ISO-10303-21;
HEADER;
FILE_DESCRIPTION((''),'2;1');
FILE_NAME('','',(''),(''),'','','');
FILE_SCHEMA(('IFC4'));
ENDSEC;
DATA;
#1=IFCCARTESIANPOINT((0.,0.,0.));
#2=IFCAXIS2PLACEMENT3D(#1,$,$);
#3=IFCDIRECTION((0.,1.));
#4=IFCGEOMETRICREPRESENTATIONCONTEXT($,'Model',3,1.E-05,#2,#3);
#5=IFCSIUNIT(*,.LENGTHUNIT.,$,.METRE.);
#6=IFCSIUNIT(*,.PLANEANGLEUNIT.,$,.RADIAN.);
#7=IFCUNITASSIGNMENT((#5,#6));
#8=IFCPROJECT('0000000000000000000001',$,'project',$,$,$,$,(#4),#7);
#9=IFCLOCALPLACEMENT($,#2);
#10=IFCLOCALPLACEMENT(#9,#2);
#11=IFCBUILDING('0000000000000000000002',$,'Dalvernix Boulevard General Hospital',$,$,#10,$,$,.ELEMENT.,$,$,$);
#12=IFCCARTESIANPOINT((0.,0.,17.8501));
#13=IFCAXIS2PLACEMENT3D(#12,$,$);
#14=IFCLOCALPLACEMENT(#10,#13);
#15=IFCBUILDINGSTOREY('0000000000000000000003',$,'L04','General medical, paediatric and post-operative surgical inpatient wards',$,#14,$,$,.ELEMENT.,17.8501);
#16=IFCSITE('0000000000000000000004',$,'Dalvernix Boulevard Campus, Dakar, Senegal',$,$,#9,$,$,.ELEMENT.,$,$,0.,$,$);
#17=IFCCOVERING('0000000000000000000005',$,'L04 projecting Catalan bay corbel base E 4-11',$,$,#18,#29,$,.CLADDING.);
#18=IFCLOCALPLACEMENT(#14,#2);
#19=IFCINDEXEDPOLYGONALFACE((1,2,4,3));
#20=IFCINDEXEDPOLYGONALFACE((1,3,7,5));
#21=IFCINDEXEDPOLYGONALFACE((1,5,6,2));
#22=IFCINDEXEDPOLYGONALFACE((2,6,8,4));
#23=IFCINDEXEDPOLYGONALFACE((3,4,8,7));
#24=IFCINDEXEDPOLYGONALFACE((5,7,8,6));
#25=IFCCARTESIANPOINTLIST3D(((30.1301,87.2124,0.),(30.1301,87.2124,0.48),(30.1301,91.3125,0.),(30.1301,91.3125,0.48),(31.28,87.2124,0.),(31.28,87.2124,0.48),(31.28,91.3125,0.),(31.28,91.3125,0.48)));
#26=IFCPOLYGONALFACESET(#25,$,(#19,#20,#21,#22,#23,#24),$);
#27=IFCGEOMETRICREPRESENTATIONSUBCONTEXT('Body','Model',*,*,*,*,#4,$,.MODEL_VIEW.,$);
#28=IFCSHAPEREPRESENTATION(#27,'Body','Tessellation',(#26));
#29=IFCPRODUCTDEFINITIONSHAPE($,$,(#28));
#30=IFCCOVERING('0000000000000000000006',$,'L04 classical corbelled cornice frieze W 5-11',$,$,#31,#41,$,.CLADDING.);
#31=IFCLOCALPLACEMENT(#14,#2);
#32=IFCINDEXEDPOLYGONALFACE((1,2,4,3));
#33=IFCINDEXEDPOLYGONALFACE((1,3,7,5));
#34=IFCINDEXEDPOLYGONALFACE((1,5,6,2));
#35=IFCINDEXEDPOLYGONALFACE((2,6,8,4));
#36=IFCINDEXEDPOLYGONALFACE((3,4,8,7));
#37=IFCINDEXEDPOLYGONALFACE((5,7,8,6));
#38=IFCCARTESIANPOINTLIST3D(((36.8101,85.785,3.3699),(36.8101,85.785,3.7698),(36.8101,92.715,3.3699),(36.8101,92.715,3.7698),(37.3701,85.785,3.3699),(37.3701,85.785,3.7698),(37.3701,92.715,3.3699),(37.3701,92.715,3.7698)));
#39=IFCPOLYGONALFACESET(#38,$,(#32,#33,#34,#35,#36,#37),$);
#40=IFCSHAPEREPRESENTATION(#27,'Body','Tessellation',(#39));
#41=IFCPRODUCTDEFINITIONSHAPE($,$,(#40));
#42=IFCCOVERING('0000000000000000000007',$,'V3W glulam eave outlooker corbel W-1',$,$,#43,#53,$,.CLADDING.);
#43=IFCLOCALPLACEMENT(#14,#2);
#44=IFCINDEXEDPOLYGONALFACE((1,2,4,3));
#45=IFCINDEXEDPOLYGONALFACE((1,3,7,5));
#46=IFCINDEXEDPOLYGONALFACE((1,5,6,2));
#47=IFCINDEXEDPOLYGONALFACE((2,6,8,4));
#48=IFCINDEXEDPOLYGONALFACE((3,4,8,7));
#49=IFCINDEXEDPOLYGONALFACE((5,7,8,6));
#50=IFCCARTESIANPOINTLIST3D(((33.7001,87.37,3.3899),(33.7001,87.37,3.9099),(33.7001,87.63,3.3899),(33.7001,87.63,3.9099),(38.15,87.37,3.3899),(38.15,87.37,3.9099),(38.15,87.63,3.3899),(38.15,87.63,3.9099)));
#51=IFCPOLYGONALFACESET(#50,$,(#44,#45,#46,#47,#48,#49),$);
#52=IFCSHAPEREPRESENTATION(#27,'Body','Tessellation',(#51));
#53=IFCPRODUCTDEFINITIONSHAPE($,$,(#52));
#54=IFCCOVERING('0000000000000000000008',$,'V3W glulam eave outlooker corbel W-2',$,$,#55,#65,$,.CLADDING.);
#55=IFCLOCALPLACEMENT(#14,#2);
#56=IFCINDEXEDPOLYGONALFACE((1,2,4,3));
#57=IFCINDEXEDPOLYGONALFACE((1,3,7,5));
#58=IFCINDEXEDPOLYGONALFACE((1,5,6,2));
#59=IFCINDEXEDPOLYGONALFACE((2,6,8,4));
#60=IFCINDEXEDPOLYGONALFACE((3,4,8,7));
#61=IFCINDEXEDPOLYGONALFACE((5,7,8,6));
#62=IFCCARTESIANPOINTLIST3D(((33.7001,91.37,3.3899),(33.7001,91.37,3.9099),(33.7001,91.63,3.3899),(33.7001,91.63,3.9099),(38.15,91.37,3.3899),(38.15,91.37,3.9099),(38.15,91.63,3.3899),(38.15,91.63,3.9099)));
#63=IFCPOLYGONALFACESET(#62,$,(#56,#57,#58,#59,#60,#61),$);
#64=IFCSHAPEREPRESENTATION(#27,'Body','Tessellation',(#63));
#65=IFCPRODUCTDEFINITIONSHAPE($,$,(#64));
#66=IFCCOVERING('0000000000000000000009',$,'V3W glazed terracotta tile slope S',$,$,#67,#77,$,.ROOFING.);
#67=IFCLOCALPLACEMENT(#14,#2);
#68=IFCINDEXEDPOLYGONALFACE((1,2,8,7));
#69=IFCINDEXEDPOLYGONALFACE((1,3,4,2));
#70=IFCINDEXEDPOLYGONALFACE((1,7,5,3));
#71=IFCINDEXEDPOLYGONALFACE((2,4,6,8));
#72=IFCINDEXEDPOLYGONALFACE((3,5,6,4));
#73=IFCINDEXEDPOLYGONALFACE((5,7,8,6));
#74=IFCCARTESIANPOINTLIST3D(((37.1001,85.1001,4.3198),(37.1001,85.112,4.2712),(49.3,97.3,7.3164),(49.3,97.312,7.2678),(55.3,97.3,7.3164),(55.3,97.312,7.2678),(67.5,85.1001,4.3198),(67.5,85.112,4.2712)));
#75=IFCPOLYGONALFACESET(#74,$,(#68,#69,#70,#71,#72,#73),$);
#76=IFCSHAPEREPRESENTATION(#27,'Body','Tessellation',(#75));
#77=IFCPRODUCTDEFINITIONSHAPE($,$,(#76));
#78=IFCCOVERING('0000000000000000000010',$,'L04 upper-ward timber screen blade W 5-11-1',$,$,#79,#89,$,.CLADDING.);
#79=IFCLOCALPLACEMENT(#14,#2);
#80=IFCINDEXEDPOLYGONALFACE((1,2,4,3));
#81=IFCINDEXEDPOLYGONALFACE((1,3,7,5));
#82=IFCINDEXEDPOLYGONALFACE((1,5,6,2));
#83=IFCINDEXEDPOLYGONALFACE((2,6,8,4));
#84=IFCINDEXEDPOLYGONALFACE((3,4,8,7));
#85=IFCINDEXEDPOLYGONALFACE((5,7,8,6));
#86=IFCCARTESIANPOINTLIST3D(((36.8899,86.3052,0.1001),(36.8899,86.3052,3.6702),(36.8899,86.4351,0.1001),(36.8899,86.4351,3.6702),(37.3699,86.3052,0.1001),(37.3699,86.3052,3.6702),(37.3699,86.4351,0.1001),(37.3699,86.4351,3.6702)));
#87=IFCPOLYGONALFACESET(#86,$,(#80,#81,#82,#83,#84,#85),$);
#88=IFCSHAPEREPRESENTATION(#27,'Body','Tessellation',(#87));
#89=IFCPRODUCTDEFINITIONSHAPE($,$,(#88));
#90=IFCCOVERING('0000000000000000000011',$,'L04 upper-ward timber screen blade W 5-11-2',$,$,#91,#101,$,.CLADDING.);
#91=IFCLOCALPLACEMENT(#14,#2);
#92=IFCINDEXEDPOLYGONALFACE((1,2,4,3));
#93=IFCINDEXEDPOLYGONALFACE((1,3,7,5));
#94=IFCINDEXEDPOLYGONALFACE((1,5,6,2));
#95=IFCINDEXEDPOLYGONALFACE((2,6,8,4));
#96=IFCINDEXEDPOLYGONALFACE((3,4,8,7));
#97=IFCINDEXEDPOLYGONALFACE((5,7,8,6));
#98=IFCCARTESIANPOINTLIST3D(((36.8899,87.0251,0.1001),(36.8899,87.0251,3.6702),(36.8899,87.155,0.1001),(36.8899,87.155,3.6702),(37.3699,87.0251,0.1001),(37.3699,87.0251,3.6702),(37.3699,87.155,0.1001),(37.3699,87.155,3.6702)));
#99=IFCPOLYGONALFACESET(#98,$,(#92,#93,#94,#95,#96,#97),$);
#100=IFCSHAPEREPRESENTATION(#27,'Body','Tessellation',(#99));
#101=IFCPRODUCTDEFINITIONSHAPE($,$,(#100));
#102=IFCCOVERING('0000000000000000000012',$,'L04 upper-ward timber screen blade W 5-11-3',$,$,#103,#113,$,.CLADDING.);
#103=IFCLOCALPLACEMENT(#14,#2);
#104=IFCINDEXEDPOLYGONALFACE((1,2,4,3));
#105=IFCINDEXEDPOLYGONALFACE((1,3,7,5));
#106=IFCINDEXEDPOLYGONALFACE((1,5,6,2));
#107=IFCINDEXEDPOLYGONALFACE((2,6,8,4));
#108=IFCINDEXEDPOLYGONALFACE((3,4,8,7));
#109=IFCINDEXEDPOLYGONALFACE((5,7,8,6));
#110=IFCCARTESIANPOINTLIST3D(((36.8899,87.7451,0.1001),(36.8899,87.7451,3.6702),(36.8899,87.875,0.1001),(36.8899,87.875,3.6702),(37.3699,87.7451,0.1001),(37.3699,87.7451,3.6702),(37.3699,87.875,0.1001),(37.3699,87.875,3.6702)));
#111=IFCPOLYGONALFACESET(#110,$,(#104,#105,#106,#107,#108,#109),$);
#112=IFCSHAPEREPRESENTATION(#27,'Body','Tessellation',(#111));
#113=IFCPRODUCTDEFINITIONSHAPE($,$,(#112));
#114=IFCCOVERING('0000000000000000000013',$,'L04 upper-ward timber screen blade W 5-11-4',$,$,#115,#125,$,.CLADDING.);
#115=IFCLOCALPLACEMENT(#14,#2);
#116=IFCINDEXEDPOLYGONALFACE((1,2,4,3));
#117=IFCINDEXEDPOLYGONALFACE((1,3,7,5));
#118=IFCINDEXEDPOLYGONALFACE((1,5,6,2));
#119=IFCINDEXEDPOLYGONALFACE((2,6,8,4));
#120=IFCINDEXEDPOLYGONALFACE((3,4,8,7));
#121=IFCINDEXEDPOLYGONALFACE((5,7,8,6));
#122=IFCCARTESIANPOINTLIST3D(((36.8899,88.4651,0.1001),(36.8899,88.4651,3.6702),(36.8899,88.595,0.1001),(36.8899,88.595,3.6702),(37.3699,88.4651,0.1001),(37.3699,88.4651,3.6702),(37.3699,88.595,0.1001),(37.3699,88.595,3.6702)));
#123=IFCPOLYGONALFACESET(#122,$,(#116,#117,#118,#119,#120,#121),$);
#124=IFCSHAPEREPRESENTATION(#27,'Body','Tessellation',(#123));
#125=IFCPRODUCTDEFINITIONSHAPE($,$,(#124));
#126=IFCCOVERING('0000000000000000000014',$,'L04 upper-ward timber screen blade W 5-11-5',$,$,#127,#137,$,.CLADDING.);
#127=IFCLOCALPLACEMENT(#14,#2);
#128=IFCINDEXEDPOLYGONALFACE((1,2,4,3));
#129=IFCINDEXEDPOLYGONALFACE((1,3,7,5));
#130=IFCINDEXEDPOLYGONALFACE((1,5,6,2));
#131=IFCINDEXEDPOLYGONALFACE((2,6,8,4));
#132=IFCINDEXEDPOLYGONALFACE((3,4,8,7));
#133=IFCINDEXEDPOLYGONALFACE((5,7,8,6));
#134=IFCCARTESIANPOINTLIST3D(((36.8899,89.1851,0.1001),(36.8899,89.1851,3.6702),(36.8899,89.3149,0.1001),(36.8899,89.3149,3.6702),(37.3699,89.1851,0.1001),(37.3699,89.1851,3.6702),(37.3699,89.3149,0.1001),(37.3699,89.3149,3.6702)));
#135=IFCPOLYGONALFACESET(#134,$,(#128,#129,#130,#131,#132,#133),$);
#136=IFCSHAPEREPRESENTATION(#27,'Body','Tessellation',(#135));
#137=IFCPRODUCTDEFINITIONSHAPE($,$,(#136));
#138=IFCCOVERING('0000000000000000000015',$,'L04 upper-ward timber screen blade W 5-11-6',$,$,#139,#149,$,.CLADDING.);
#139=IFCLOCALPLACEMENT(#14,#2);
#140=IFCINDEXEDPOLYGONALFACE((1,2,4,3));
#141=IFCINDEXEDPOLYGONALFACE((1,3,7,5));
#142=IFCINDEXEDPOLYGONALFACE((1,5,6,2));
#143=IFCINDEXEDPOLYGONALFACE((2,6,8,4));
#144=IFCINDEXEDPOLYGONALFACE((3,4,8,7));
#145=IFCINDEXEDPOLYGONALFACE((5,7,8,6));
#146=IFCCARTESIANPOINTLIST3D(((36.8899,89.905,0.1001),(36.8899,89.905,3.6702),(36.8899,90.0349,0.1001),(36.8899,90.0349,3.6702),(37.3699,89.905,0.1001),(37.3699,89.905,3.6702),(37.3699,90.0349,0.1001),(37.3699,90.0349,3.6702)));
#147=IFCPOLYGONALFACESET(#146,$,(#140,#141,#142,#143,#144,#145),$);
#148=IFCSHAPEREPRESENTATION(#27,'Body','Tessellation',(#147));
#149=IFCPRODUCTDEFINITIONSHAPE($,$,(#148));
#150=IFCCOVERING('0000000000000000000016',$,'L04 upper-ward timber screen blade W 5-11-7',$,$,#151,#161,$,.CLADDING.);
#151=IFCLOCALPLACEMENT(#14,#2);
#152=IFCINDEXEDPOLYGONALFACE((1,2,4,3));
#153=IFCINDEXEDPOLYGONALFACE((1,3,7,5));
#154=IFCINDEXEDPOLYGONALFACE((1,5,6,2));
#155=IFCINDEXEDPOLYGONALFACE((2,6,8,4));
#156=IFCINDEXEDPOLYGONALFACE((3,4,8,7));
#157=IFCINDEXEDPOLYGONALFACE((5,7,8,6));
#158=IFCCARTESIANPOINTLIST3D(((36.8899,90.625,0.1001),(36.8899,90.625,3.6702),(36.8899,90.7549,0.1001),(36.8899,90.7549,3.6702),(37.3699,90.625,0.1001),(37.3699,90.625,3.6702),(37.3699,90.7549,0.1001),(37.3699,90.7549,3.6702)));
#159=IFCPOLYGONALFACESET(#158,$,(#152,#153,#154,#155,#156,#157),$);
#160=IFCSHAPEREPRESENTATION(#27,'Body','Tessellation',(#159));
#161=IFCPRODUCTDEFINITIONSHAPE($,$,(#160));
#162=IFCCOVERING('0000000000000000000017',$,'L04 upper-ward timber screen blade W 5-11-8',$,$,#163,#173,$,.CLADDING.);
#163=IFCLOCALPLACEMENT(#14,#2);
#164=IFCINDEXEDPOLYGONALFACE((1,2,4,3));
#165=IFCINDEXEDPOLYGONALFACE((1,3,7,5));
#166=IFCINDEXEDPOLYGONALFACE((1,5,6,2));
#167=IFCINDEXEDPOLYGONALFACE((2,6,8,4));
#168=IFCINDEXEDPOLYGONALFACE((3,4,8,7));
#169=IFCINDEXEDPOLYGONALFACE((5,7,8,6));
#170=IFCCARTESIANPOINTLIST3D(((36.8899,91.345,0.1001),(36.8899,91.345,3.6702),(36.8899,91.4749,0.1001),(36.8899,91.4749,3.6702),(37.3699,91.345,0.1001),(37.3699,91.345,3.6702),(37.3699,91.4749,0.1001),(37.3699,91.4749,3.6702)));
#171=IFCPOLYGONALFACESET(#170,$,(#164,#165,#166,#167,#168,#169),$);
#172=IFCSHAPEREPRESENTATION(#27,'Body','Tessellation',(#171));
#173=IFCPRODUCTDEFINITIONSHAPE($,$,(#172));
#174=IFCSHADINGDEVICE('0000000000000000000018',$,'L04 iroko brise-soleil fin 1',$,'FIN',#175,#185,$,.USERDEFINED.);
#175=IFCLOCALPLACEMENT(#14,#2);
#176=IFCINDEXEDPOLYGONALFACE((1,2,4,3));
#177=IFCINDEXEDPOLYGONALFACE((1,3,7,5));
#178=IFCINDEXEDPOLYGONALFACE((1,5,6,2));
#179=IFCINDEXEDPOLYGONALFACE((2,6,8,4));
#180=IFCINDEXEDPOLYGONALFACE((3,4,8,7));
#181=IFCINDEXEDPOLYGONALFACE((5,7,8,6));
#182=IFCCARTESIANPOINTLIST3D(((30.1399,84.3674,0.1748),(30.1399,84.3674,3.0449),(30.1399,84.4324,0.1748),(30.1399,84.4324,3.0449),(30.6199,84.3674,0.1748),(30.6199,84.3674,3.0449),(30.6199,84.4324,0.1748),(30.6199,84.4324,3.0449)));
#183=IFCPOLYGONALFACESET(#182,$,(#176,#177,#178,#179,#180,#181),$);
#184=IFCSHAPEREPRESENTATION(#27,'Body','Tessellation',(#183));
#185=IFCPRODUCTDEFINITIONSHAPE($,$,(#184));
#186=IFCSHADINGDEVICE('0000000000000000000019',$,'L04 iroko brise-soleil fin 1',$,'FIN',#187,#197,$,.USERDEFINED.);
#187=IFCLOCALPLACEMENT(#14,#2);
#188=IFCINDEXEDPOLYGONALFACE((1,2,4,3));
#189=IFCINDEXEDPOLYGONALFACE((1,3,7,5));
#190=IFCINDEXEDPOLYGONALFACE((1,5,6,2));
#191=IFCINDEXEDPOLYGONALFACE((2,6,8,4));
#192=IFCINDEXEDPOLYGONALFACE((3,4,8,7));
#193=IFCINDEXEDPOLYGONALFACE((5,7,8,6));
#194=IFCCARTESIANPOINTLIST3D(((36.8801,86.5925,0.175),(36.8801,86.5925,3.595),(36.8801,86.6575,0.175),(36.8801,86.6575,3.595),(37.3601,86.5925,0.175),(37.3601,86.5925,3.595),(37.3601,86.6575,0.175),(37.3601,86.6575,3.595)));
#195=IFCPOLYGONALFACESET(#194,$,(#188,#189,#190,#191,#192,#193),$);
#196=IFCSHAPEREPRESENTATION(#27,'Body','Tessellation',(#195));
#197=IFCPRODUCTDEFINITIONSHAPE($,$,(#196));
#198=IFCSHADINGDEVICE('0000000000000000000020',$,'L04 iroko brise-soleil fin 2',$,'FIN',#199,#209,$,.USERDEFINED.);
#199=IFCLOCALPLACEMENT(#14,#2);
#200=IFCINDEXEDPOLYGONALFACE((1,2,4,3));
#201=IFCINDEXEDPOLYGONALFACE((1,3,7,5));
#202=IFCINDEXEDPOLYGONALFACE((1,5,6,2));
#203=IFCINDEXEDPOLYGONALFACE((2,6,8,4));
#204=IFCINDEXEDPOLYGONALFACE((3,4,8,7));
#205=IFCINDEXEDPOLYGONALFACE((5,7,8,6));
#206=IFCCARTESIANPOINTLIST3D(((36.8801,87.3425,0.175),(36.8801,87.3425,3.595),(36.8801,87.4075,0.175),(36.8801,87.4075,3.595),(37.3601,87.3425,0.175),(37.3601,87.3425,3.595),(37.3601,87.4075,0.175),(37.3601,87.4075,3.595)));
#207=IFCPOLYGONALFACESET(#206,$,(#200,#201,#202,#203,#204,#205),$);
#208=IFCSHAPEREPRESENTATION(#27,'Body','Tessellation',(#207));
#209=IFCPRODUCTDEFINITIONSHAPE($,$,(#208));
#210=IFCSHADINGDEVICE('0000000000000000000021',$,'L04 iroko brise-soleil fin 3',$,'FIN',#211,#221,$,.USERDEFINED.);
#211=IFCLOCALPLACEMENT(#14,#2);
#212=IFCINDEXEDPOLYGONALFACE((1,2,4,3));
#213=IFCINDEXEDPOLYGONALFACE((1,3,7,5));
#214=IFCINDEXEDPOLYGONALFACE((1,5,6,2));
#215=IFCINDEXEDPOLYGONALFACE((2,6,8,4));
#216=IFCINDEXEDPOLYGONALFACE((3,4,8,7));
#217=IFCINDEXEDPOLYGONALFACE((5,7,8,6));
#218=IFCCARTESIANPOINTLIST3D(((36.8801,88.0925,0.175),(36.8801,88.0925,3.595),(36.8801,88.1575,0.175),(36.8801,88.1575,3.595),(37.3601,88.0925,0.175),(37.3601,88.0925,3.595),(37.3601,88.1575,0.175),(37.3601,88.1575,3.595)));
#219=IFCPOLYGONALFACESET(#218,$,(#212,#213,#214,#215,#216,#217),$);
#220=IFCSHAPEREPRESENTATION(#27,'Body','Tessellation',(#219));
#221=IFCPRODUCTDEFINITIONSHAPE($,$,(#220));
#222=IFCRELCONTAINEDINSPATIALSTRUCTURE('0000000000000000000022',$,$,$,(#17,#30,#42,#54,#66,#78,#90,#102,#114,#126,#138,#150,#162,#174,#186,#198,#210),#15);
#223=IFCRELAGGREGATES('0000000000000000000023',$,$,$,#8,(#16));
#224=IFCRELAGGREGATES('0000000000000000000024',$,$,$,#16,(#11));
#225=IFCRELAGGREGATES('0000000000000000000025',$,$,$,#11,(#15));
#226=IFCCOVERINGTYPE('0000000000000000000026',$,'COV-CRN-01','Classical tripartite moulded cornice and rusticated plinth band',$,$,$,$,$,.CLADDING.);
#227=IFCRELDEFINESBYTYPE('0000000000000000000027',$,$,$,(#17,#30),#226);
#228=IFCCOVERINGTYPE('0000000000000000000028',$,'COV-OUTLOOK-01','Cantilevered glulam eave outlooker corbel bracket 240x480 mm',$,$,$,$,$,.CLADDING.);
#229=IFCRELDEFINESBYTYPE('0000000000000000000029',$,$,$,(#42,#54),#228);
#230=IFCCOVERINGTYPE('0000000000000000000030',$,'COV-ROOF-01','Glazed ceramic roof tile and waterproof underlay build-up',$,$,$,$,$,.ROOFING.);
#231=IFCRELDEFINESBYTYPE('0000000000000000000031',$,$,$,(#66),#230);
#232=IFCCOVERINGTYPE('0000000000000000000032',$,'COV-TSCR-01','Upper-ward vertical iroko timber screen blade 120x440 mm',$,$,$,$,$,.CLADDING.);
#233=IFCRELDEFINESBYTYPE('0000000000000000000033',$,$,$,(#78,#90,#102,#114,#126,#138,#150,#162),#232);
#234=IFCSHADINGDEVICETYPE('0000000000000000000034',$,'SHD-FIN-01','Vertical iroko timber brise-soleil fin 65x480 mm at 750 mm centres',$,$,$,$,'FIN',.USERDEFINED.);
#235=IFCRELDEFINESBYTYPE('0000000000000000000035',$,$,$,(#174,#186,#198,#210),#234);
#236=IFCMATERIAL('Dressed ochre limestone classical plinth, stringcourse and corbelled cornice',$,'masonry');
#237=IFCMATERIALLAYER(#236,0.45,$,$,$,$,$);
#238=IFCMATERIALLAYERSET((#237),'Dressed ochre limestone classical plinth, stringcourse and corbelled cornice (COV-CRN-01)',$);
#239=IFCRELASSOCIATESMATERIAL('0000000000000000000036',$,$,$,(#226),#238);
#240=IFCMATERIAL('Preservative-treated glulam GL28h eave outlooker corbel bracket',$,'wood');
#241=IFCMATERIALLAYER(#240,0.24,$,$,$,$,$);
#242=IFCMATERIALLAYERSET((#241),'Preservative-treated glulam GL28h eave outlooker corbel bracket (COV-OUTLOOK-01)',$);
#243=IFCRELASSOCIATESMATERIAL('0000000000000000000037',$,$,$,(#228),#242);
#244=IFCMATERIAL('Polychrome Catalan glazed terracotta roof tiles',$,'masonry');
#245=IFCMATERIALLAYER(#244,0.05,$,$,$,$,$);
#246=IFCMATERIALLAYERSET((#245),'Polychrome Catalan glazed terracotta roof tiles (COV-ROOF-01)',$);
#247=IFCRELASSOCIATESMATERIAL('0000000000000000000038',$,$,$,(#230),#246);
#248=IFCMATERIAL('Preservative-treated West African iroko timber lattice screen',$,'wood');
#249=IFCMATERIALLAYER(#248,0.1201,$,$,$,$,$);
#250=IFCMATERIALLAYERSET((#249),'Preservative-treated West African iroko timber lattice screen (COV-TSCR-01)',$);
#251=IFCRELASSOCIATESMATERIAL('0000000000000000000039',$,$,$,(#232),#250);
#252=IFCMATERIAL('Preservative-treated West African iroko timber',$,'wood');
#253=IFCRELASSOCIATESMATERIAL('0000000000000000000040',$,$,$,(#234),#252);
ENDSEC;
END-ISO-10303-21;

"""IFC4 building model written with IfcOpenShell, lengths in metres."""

from ifc_helpers import new_model, si_unit, direction, frame, origin, origin_2d, place, context, subcontext, project, spatial, polyline, rectangle, outline, extrude, material, layer, layer_set, type_object, element, save


model = new_model("IFC4")

# Units and contexts
model_context = context("Model", 3, precision=1e-05, world=origin(), true_north=direction((0.0, 1.0)))
body_context = subcontext(model_context, "Body", "Model", "MODEL_VIEW")
ifc_project = project(units=[si_unit("LENGTHUNIT", "METRE"), si_unit("PLANEANGLEUNIT", "RADIAN")], contexts=[model_context])

# Site, building, storey
site_placement = place(None, origin())
site = spatial("IfcSite", under=ifc_project, at=site_placement, Name="Dalvernix Boulevard Campus, Dakar, Senegal", CompositionType="ELEMENT", RefElevation=0.0)
building_placement = place(site_placement, origin())
building = spatial("IfcBuilding", under=site, at=building_placement, Name="Dalvernix Boulevard General Hospital", CompositionType="ELEMENT")
storey_placement = place(building_placement, frame((0.0, 0.0, 17.8501)))
storey = spatial("IfcBuildingStorey", under=building, at=storey_placement, Name="L04", Description="General medical, paediatric and post-operative surgical inpatient wards", CompositionType="ELEMENT", Elevation=17.8501)

# Coverings
ifc_material_1 = material(Name="Dressed ochre limestone classical plinth, stringcourse and corbelled cornice", Category="masonry")
ifc_layer_1 = layer(ifc_material_1, 0.45)
ifc_layer_set_1 = layer_set([ifc_layer_1], Name="Dressed ochre limestone classical plinth, stringcourse and corbelled cornice (COV-CRN-01)")
covering_type_1 = type_object("IfcCoveringType", Name="COV-CRN-01", Description="Classical tripartite moulded cornice and rusticated plinth band", PredefinedType="CLADDING", material=ifc_layer_set_1)
covering_1_placement = place(storey_placement, frame((30.7051, 89.2625, 0.0), z_axis=(0.0, 0.0, 1.0), x_axis=(0.0, -1.0, 0.0)))
element("IfcCovering", 1, at=covering_1_placement, inside=storey, type_object=covering_type_1, Name="L04 projecting Catalan bay corbel base E 4-11", PredefinedType="CLADDING", context=body_context, shape_type="SweptSolid", body=[
    extrude(rectangle(XDim=4.1001, YDim=1.1499, at=origin_2d()), origin(), (0.0, 0.0, 1.0), 0.48),
])
covering_2_placement = place(storey_placement, frame((37.0901, 89.25, 3.3699), z_axis=(0.0, 0.0, 1.0), x_axis=(0.0, 1.0, 0.0)))
element("IfcCovering", 2, at=covering_2_placement, inside=storey, type_object=covering_type_1, Name="L04 classical corbelled cornice frieze W 5-11", PredefinedType="CLADDING", context=body_context, shape_type="SweptSolid", body=[
    extrude(rectangle(XDim=6.9299, YDim=0.5601, at=origin_2d()), origin(), (0.0, 0.0, 1.0), 0.3999),
])
ifc_material_2 = material(Name="Preservative-treated glulam GL28h eave outlooker corbel bracket", Category="wood")
ifc_layer_2 = layer(ifc_material_2, 0.24)
ifc_layer_set_2 = layer_set([ifc_layer_2], Name="Preservative-treated glulam GL28h eave outlooker corbel bracket (COV-OUTLOOK-01)")
covering_type_2 = type_object("IfcCoveringType", Name="COV-OUTLOOK-01", Description="Cantilevered glulam eave outlooker corbel bracket 240x480 mm", PredefinedType="CLADDING", material=ifc_layer_set_2)
for number, where, z_axis, x_axis, name in (
    (3, (35.925, 87.5, 3.3899), (0.0, 0.0, 1.0), (1.0, 0.0, 0.0), "V3W glulam eave outlooker corbel W-1"),
    (4, (35.925, 91.5, 3.3899), (0.0, 0.0, 1.0), (1.0, 0.0, 0.0), "V3W glulam eave outlooker corbel W-2"),
):
    element("IfcCovering", number, at=place(storey_placement, frame(where, z_axis=z_axis, x_axis=x_axis)), inside=storey, type_object=covering_type_2, Name=name, PredefinedType="CLADDING", context=body_context, shape_type="SweptSolid", body=[
        extrude(rectangle(XDim=4.45, YDim=0.26, at=origin_2d()), origin(), (0.0, 0.0, 1.0), 0.52),
    ])
ifc_material_3 = material(Name="Polychrome Catalan glazed terracotta roof tiles", Category="masonry")
ifc_layer_3 = layer(ifc_material_3, 0.05)
ifc_layer_set_3 = layer_set([ifc_layer_3], Name="Polychrome Catalan glazed terracotta roof tiles (COV-ROOF-01)")
covering_type_3 = type_object("IfcCoveringType", Name="COV-ROOF-01", Description="Glazed ceramic roof tile and waterproof underlay build-up", PredefinedType="ROOFING", material=ifc_layer_set_3)
covering_3_placement = place(storey_placement, frame((37.1001, 85.1001, 4.3198), z_axis=(0.0, -0.238532, 0.971135), x_axis=(1.0, 0.0, 0.0)))
element("IfcCovering", 5, at=covering_3_placement, inside=storey, type_object=covering_type_3, Name="V3W glazed terracotta tile slope S", PredefinedType="ROOFING", context=body_context, shape_type="SweptSolid", body=[
    extrude(outline(polyline([(0.0, 0.0), (30.3999, 0.0), (18.2, 12.5626), (12.2, 12.5626), (0.0, 0.0)])), origin(), (0.0, 0.0, -1.0), 0.05),
])
ifc_material_4 = material(Name="Preservative-treated West African iroko timber lattice screen", Category="wood")
ifc_layer_4 = layer(ifc_material_4, 0.1201)
ifc_layer_set_4 = layer_set([ifc_layer_4], Name="Preservative-treated West African iroko timber lattice screen (COV-TSCR-01)")
covering_type_4 = type_object("IfcCoveringType", Name="COV-TSCR-01", Description="Upper-ward vertical iroko timber screen blade 120x440 mm", PredefinedType="CLADDING", material=ifc_layer_set_4)
for number, where, z_axis, x_axis, name in (
    (6, (37.1299, 86.3701, 0.1001), (0.0, 0.0, 1.0), (0.0, 1.0, 0.0), "L04 upper-ward timber screen blade W 5-11-1"),
    (7, (37.1299, 87.0901, 0.1001), (0.0, 0.0, 1.0), (0.0, 1.0, 0.0), "L04 upper-ward timber screen blade W 5-11-2"),
    (8, (37.1299, 87.8101, 0.1001), (0.0, 0.0, 1.0), (0.0, 1.0, 0.0), "L04 upper-ward timber screen blade W 5-11-3"),
    (9, (37.1299, 88.53, 0.1001), (0.0, 0.0, 1.0), (0.0, 1.0, 0.0), "L04 upper-ward timber screen blade W 5-11-4"),
    (10, (37.1299, 89.25, 0.1001), (0.0, 0.0, 1.0), (0.0, 1.0, 0.0), "L04 upper-ward timber screen blade W 5-11-5"),
    (11, (37.1299, 89.97, 0.1001), (0.0, 0.0, 1.0), (0.0, 1.0, 0.0), "L04 upper-ward timber screen blade W 5-11-6"),
    (12, (37.1299, 90.6899, 0.1001), (0.0, 0.0, 1.0), (0.0, 1.0, 0.0), "L04 upper-ward timber screen blade W 5-11-7"),
    (13, (37.1299, 91.4099, 0.1001), (0.0, 0.0, 1.0), (0.0, 1.0, 0.0), "L04 upper-ward timber screen blade W 5-11-8"),
):
    element("IfcCovering", number, at=place(storey_placement, frame(where, z_axis=z_axis, x_axis=x_axis)), inside=storey, type_object=covering_type_4, Name=name, PredefinedType="CLADDING", context=body_context, shape_type="SweptSolid", body=[
        extrude(rectangle(XDim=0.1299, YDim=0.48, at=origin_2d()), origin(), (0.0, 0.0, 1.0), 3.5701),
    ])

# Shading devices
ifc_material_5 = material(Name="Preservative-treated West African iroko timber", Category="wood")
shading_device_type = type_object("IfcShadingDeviceType", Name="SHD-FIN-01", Description="Vertical iroko timber brise-soleil fin 65x480 mm at 750 mm centres", ElementType="FIN", PredefinedType="USERDEFINED", material=ifc_material_5)
shading_device_placement = place(storey_placement, frame((30.3799, 84.3999, 0.1748), z_axis=(0.0, 0.0, 1.0), x_axis=(0.0, -1.0, 0.0)))
element("IfcShadingDevice", 14, at=shading_device_placement, inside=storey, type_object=shading_device_type, Name="L04 iroko brise-soleil fin 1", ObjectType="FIN", PredefinedType="USERDEFINED", context=body_context, shape_type="SweptSolid", body=[
    extrude(rectangle(XDim=0.0649, YDim=0.48, at=origin_2d()), origin(), (0.0, 0.0, 1.0), 2.8701),
])
for number, where, z_axis, x_axis, name in (
    (15, (37.1201, 86.625, 0.175), (0.0, 0.0, 1.0), (0.0, 1.0, 0.0), "L04 iroko brise-soleil fin 1"),
    (16, (37.1201, 87.375, 0.175), (0.0, 0.0, 1.0), (0.0, 1.0, 0.0), "L04 iroko brise-soleil fin 2"),
    (17, (37.1201, 88.125, 0.175), (0.0, 0.0, 1.0), (0.0, 1.0, 0.0), "L04 iroko brise-soleil fin 3"),
):
    element("IfcShadingDevice", number, at=place(storey_placement, frame(where, z_axis=z_axis, x_axis=x_axis)), inside=storey, type_object=shading_device_type, Name=name, ObjectType="FIN", PredefinedType="USERDEFINED", context=body_context, shape_type="SweptSolid", body=[
        extrude(rectangle(XDim=0.0649, YDim=0.48, at=origin_2d()), origin(), (0.0, 0.0, 1.0), 3.4199),
    ])

save(model, "model.ifc")
